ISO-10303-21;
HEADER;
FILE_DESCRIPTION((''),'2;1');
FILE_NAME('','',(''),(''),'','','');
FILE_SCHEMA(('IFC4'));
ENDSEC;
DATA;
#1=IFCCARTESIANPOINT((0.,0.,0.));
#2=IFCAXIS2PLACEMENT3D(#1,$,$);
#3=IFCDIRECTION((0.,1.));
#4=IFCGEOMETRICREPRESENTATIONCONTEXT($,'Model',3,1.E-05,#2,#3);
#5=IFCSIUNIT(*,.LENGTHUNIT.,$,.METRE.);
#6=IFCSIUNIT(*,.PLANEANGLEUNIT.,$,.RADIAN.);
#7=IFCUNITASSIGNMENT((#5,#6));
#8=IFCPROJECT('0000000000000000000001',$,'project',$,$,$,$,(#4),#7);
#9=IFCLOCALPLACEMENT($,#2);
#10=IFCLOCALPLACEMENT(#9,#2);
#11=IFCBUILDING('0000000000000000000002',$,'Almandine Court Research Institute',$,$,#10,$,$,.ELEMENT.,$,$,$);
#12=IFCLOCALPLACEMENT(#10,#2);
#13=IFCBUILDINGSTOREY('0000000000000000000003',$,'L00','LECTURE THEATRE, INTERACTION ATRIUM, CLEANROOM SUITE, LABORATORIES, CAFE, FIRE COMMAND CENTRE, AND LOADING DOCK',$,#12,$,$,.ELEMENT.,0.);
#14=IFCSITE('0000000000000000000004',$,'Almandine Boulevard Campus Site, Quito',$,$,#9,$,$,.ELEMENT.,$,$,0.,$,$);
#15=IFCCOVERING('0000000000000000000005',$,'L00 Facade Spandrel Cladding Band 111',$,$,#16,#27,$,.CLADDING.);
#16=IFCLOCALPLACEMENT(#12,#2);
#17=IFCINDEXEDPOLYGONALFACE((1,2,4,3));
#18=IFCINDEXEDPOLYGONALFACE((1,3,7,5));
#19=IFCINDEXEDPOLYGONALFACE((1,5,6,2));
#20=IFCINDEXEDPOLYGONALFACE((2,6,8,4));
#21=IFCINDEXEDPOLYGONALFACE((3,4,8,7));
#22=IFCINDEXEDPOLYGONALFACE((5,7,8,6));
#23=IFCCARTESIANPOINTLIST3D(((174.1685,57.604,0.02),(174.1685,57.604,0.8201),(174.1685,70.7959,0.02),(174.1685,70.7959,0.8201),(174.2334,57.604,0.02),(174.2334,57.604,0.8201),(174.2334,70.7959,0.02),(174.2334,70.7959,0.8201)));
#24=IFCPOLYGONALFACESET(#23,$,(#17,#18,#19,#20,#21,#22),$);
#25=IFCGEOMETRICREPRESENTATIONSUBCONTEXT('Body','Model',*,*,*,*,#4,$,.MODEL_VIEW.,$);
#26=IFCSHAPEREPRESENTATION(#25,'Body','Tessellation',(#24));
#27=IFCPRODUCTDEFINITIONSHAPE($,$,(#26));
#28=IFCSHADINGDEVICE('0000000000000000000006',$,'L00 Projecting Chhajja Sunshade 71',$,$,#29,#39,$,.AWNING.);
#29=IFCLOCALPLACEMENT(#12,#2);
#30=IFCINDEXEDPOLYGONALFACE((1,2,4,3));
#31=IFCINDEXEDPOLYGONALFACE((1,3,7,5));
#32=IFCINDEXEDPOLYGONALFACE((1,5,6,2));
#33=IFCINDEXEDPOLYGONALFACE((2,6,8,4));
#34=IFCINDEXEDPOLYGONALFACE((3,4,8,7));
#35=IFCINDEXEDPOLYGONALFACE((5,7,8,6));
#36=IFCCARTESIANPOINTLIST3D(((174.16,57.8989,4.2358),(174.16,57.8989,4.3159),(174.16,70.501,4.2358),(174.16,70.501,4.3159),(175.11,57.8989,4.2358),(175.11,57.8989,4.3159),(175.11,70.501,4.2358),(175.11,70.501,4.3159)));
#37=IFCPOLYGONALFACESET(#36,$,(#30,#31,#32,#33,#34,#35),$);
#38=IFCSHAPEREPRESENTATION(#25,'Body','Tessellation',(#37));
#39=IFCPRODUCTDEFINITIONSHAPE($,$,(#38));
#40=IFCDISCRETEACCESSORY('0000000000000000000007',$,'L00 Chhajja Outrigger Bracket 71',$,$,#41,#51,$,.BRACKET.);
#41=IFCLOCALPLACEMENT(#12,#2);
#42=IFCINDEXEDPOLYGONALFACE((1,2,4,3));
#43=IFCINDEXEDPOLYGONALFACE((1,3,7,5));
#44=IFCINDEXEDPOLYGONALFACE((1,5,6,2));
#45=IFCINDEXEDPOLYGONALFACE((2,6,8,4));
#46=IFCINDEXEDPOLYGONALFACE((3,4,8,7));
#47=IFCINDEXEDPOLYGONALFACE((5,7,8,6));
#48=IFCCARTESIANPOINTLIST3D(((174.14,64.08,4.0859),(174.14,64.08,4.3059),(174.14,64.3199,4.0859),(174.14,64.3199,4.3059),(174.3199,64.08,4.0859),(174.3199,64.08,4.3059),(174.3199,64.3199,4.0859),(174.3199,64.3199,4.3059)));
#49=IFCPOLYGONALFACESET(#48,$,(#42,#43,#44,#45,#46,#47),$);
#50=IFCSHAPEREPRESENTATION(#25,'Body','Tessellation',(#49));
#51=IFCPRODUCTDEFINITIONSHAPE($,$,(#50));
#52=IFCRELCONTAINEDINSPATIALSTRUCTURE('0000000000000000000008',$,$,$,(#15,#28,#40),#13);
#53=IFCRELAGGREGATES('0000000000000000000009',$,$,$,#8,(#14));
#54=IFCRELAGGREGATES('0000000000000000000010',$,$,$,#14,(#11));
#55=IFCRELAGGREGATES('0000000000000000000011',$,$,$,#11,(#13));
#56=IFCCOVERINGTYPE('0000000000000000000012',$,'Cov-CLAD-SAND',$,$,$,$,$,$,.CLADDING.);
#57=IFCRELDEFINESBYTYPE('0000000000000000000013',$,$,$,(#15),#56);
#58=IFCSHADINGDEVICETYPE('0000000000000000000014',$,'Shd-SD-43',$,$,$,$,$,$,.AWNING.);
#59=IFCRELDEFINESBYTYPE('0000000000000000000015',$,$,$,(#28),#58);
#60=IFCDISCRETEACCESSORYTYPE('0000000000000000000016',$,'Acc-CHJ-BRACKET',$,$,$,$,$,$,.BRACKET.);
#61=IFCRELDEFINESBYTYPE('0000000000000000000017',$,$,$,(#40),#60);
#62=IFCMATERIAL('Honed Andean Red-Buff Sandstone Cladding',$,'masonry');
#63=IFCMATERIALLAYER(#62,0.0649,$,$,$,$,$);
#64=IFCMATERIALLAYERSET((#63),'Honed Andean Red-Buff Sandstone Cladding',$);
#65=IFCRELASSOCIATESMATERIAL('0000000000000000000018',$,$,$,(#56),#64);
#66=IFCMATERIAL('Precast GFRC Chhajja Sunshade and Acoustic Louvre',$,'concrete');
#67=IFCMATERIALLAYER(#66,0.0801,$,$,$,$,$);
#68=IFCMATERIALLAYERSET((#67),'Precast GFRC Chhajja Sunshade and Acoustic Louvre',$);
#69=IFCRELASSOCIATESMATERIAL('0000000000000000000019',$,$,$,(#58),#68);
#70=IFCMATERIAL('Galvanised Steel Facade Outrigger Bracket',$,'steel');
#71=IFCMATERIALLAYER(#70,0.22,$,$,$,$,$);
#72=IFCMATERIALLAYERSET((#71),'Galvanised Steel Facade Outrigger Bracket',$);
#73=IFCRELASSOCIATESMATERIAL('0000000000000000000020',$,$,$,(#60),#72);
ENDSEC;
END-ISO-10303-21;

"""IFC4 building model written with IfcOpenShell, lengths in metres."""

from ifc_helpers import new_model, si_unit, direction, frame, origin, origin_2d, place, context, subcontext, project, spatial, rectangle, extrude, material, layer, layer_set, type_object, element, save


model = new_model("IFC4")

# Units and contexts
model_context = context("Model", 3, precision=1e-05, world=origin(), true_north=direction((0.0, 1.0)))
body_context = subcontext(model_context, "Body", "Model", "MODEL_VIEW")
ifc_project = project(units=[si_unit("LENGTHUNIT", "METRE"), si_unit("PLANEANGLEUNIT", "RADIAN")], contexts=[model_context])

# Site, building, storey
site_placement = place(None, origin())
site = spatial("IfcSite", under=ifc_project, at=site_placement, Name="Almandine Boulevard Campus Site, Quito", CompositionType="ELEMENT", RefElevation=0.0)
building_placement = place(site_placement, origin())
building = spatial("IfcBuilding", under=site, at=building_placement, Name="Almandine Court Research Institute", CompositionType="ELEMENT")
storey_placement = place(building_placement, origin())
storey = spatial("IfcBuildingStorey", under=building, at=storey_placement, Name="L00", Description="LECTURE THEATRE, INTERACTION ATRIUM, CLEANROOM SUITE, LABORATORIES, CAFE, FIRE COMMAND CENTRE, AND LOADING DOCK", CompositionType="ELEMENT", Elevation=0.0)

# Covering
ifc_material_1 = material(Name="Honed Andean Red-Buff Sandstone Cladding", Category="masonry")
ifc_layer_1 = layer(ifc_material_1, 0.0649)
ifc_layer_set_1 = layer_set([ifc_layer_1], Name="Honed Andean Red-Buff Sandstone Cladding")
covering_type = type_object("IfcCoveringType", Name="Cov-CLAD-SAND", PredefinedType="CLADDING", material=ifc_layer_set_1)
covering_placement = place(storey_placement, frame((174.2009, 64.2, 0.02), z_axis=(0.0, 0.0, 1.0), x_axis=(0.0, -1.0, 0.0)))
element("IfcCovering", 1, at=covering_placement, inside=storey, type_object=covering_type, Name="L00 Facade Spandrel Cladding Band 111", PredefinedType="CLADDING", context=body_context, shape_type="SweptSolid", body=[
    extrude(rectangle(XDim=13.1919, YDim=0.0649, at=origin_2d()), origin(), (0.0, 0.0, 1.0), 0.8),
])

# Shading device
ifc_material_2 = material(Name="Precast GFRC Chhajja Sunshade and Acoustic Louvre", Category="concrete")
ifc_layer_2 = layer(ifc_material_2, 0.0801)
ifc_layer_set_2 = layer_set([ifc_layer_2], Name="Precast GFRC Chhajja Sunshade and Acoustic Louvre")
shading_device_type = type_object("IfcShadingDeviceType", Name="Shd-SD-43", PredefinedType="AWNING", material=ifc_layer_set_2)
shading_device_placement = place(storey_placement, frame((174.635, 64.2, 4.2358), z_axis=(0.0, 0.0, 1.0), x_axis=(0.0, -1.0, 0.0)))
element("IfcShadingDevice", 2, at=shading_device_placement, inside=storey, type_object=shading_device_type, Name="L00 Projecting Chhajja Sunshade 71", PredefinedType="AWNING", context=body_context, shape_type="SweptSolid", body=[
    extrude(rectangle(XDim=12.6021, YDim=0.95, at=origin_2d()), origin(), (0.0, 0.0, 1.0), 0.0801),
])

# Discrete accessory
ifc_material_3 = material(Name="Galvanised Steel Facade Outrigger Bracket", Category="steel")
ifc_layer_3 = layer(ifc_material_3, 0.22)
ifc_layer_set_3 = layer_set([ifc_layer_3], Name="Galvanised Steel Facade Outrigger Bracket")
discrete_accessory_type = type_object("IfcDiscreteAccessoryType", Name="Acc-CHJ-BRACKET", PredefinedType="BRACKET", material=ifc_layer_set_3)
discrete_accessory_placement = place(storey_placement, frame((174.23, 64.2, 4.0859), z_axis=(0.0, 0.0, 1.0), x_axis=(0.0, -1.0, 0.0)))
element("IfcDiscreteAccessory", 3, at=discrete_accessory_placement, inside=storey, type_object=discrete_accessory_type, Name="L00 Chhajja Outrigger Bracket 71", PredefinedType="BRACKET", context=body_context, shape_type="SweptSolid", body=[
    extrude(rectangle(XDim=0.24, YDim=0.1799, at=origin_2d()), origin(), (0.0, 0.0, 1.0), 0.22),
])

save(model, "model.ifc")
